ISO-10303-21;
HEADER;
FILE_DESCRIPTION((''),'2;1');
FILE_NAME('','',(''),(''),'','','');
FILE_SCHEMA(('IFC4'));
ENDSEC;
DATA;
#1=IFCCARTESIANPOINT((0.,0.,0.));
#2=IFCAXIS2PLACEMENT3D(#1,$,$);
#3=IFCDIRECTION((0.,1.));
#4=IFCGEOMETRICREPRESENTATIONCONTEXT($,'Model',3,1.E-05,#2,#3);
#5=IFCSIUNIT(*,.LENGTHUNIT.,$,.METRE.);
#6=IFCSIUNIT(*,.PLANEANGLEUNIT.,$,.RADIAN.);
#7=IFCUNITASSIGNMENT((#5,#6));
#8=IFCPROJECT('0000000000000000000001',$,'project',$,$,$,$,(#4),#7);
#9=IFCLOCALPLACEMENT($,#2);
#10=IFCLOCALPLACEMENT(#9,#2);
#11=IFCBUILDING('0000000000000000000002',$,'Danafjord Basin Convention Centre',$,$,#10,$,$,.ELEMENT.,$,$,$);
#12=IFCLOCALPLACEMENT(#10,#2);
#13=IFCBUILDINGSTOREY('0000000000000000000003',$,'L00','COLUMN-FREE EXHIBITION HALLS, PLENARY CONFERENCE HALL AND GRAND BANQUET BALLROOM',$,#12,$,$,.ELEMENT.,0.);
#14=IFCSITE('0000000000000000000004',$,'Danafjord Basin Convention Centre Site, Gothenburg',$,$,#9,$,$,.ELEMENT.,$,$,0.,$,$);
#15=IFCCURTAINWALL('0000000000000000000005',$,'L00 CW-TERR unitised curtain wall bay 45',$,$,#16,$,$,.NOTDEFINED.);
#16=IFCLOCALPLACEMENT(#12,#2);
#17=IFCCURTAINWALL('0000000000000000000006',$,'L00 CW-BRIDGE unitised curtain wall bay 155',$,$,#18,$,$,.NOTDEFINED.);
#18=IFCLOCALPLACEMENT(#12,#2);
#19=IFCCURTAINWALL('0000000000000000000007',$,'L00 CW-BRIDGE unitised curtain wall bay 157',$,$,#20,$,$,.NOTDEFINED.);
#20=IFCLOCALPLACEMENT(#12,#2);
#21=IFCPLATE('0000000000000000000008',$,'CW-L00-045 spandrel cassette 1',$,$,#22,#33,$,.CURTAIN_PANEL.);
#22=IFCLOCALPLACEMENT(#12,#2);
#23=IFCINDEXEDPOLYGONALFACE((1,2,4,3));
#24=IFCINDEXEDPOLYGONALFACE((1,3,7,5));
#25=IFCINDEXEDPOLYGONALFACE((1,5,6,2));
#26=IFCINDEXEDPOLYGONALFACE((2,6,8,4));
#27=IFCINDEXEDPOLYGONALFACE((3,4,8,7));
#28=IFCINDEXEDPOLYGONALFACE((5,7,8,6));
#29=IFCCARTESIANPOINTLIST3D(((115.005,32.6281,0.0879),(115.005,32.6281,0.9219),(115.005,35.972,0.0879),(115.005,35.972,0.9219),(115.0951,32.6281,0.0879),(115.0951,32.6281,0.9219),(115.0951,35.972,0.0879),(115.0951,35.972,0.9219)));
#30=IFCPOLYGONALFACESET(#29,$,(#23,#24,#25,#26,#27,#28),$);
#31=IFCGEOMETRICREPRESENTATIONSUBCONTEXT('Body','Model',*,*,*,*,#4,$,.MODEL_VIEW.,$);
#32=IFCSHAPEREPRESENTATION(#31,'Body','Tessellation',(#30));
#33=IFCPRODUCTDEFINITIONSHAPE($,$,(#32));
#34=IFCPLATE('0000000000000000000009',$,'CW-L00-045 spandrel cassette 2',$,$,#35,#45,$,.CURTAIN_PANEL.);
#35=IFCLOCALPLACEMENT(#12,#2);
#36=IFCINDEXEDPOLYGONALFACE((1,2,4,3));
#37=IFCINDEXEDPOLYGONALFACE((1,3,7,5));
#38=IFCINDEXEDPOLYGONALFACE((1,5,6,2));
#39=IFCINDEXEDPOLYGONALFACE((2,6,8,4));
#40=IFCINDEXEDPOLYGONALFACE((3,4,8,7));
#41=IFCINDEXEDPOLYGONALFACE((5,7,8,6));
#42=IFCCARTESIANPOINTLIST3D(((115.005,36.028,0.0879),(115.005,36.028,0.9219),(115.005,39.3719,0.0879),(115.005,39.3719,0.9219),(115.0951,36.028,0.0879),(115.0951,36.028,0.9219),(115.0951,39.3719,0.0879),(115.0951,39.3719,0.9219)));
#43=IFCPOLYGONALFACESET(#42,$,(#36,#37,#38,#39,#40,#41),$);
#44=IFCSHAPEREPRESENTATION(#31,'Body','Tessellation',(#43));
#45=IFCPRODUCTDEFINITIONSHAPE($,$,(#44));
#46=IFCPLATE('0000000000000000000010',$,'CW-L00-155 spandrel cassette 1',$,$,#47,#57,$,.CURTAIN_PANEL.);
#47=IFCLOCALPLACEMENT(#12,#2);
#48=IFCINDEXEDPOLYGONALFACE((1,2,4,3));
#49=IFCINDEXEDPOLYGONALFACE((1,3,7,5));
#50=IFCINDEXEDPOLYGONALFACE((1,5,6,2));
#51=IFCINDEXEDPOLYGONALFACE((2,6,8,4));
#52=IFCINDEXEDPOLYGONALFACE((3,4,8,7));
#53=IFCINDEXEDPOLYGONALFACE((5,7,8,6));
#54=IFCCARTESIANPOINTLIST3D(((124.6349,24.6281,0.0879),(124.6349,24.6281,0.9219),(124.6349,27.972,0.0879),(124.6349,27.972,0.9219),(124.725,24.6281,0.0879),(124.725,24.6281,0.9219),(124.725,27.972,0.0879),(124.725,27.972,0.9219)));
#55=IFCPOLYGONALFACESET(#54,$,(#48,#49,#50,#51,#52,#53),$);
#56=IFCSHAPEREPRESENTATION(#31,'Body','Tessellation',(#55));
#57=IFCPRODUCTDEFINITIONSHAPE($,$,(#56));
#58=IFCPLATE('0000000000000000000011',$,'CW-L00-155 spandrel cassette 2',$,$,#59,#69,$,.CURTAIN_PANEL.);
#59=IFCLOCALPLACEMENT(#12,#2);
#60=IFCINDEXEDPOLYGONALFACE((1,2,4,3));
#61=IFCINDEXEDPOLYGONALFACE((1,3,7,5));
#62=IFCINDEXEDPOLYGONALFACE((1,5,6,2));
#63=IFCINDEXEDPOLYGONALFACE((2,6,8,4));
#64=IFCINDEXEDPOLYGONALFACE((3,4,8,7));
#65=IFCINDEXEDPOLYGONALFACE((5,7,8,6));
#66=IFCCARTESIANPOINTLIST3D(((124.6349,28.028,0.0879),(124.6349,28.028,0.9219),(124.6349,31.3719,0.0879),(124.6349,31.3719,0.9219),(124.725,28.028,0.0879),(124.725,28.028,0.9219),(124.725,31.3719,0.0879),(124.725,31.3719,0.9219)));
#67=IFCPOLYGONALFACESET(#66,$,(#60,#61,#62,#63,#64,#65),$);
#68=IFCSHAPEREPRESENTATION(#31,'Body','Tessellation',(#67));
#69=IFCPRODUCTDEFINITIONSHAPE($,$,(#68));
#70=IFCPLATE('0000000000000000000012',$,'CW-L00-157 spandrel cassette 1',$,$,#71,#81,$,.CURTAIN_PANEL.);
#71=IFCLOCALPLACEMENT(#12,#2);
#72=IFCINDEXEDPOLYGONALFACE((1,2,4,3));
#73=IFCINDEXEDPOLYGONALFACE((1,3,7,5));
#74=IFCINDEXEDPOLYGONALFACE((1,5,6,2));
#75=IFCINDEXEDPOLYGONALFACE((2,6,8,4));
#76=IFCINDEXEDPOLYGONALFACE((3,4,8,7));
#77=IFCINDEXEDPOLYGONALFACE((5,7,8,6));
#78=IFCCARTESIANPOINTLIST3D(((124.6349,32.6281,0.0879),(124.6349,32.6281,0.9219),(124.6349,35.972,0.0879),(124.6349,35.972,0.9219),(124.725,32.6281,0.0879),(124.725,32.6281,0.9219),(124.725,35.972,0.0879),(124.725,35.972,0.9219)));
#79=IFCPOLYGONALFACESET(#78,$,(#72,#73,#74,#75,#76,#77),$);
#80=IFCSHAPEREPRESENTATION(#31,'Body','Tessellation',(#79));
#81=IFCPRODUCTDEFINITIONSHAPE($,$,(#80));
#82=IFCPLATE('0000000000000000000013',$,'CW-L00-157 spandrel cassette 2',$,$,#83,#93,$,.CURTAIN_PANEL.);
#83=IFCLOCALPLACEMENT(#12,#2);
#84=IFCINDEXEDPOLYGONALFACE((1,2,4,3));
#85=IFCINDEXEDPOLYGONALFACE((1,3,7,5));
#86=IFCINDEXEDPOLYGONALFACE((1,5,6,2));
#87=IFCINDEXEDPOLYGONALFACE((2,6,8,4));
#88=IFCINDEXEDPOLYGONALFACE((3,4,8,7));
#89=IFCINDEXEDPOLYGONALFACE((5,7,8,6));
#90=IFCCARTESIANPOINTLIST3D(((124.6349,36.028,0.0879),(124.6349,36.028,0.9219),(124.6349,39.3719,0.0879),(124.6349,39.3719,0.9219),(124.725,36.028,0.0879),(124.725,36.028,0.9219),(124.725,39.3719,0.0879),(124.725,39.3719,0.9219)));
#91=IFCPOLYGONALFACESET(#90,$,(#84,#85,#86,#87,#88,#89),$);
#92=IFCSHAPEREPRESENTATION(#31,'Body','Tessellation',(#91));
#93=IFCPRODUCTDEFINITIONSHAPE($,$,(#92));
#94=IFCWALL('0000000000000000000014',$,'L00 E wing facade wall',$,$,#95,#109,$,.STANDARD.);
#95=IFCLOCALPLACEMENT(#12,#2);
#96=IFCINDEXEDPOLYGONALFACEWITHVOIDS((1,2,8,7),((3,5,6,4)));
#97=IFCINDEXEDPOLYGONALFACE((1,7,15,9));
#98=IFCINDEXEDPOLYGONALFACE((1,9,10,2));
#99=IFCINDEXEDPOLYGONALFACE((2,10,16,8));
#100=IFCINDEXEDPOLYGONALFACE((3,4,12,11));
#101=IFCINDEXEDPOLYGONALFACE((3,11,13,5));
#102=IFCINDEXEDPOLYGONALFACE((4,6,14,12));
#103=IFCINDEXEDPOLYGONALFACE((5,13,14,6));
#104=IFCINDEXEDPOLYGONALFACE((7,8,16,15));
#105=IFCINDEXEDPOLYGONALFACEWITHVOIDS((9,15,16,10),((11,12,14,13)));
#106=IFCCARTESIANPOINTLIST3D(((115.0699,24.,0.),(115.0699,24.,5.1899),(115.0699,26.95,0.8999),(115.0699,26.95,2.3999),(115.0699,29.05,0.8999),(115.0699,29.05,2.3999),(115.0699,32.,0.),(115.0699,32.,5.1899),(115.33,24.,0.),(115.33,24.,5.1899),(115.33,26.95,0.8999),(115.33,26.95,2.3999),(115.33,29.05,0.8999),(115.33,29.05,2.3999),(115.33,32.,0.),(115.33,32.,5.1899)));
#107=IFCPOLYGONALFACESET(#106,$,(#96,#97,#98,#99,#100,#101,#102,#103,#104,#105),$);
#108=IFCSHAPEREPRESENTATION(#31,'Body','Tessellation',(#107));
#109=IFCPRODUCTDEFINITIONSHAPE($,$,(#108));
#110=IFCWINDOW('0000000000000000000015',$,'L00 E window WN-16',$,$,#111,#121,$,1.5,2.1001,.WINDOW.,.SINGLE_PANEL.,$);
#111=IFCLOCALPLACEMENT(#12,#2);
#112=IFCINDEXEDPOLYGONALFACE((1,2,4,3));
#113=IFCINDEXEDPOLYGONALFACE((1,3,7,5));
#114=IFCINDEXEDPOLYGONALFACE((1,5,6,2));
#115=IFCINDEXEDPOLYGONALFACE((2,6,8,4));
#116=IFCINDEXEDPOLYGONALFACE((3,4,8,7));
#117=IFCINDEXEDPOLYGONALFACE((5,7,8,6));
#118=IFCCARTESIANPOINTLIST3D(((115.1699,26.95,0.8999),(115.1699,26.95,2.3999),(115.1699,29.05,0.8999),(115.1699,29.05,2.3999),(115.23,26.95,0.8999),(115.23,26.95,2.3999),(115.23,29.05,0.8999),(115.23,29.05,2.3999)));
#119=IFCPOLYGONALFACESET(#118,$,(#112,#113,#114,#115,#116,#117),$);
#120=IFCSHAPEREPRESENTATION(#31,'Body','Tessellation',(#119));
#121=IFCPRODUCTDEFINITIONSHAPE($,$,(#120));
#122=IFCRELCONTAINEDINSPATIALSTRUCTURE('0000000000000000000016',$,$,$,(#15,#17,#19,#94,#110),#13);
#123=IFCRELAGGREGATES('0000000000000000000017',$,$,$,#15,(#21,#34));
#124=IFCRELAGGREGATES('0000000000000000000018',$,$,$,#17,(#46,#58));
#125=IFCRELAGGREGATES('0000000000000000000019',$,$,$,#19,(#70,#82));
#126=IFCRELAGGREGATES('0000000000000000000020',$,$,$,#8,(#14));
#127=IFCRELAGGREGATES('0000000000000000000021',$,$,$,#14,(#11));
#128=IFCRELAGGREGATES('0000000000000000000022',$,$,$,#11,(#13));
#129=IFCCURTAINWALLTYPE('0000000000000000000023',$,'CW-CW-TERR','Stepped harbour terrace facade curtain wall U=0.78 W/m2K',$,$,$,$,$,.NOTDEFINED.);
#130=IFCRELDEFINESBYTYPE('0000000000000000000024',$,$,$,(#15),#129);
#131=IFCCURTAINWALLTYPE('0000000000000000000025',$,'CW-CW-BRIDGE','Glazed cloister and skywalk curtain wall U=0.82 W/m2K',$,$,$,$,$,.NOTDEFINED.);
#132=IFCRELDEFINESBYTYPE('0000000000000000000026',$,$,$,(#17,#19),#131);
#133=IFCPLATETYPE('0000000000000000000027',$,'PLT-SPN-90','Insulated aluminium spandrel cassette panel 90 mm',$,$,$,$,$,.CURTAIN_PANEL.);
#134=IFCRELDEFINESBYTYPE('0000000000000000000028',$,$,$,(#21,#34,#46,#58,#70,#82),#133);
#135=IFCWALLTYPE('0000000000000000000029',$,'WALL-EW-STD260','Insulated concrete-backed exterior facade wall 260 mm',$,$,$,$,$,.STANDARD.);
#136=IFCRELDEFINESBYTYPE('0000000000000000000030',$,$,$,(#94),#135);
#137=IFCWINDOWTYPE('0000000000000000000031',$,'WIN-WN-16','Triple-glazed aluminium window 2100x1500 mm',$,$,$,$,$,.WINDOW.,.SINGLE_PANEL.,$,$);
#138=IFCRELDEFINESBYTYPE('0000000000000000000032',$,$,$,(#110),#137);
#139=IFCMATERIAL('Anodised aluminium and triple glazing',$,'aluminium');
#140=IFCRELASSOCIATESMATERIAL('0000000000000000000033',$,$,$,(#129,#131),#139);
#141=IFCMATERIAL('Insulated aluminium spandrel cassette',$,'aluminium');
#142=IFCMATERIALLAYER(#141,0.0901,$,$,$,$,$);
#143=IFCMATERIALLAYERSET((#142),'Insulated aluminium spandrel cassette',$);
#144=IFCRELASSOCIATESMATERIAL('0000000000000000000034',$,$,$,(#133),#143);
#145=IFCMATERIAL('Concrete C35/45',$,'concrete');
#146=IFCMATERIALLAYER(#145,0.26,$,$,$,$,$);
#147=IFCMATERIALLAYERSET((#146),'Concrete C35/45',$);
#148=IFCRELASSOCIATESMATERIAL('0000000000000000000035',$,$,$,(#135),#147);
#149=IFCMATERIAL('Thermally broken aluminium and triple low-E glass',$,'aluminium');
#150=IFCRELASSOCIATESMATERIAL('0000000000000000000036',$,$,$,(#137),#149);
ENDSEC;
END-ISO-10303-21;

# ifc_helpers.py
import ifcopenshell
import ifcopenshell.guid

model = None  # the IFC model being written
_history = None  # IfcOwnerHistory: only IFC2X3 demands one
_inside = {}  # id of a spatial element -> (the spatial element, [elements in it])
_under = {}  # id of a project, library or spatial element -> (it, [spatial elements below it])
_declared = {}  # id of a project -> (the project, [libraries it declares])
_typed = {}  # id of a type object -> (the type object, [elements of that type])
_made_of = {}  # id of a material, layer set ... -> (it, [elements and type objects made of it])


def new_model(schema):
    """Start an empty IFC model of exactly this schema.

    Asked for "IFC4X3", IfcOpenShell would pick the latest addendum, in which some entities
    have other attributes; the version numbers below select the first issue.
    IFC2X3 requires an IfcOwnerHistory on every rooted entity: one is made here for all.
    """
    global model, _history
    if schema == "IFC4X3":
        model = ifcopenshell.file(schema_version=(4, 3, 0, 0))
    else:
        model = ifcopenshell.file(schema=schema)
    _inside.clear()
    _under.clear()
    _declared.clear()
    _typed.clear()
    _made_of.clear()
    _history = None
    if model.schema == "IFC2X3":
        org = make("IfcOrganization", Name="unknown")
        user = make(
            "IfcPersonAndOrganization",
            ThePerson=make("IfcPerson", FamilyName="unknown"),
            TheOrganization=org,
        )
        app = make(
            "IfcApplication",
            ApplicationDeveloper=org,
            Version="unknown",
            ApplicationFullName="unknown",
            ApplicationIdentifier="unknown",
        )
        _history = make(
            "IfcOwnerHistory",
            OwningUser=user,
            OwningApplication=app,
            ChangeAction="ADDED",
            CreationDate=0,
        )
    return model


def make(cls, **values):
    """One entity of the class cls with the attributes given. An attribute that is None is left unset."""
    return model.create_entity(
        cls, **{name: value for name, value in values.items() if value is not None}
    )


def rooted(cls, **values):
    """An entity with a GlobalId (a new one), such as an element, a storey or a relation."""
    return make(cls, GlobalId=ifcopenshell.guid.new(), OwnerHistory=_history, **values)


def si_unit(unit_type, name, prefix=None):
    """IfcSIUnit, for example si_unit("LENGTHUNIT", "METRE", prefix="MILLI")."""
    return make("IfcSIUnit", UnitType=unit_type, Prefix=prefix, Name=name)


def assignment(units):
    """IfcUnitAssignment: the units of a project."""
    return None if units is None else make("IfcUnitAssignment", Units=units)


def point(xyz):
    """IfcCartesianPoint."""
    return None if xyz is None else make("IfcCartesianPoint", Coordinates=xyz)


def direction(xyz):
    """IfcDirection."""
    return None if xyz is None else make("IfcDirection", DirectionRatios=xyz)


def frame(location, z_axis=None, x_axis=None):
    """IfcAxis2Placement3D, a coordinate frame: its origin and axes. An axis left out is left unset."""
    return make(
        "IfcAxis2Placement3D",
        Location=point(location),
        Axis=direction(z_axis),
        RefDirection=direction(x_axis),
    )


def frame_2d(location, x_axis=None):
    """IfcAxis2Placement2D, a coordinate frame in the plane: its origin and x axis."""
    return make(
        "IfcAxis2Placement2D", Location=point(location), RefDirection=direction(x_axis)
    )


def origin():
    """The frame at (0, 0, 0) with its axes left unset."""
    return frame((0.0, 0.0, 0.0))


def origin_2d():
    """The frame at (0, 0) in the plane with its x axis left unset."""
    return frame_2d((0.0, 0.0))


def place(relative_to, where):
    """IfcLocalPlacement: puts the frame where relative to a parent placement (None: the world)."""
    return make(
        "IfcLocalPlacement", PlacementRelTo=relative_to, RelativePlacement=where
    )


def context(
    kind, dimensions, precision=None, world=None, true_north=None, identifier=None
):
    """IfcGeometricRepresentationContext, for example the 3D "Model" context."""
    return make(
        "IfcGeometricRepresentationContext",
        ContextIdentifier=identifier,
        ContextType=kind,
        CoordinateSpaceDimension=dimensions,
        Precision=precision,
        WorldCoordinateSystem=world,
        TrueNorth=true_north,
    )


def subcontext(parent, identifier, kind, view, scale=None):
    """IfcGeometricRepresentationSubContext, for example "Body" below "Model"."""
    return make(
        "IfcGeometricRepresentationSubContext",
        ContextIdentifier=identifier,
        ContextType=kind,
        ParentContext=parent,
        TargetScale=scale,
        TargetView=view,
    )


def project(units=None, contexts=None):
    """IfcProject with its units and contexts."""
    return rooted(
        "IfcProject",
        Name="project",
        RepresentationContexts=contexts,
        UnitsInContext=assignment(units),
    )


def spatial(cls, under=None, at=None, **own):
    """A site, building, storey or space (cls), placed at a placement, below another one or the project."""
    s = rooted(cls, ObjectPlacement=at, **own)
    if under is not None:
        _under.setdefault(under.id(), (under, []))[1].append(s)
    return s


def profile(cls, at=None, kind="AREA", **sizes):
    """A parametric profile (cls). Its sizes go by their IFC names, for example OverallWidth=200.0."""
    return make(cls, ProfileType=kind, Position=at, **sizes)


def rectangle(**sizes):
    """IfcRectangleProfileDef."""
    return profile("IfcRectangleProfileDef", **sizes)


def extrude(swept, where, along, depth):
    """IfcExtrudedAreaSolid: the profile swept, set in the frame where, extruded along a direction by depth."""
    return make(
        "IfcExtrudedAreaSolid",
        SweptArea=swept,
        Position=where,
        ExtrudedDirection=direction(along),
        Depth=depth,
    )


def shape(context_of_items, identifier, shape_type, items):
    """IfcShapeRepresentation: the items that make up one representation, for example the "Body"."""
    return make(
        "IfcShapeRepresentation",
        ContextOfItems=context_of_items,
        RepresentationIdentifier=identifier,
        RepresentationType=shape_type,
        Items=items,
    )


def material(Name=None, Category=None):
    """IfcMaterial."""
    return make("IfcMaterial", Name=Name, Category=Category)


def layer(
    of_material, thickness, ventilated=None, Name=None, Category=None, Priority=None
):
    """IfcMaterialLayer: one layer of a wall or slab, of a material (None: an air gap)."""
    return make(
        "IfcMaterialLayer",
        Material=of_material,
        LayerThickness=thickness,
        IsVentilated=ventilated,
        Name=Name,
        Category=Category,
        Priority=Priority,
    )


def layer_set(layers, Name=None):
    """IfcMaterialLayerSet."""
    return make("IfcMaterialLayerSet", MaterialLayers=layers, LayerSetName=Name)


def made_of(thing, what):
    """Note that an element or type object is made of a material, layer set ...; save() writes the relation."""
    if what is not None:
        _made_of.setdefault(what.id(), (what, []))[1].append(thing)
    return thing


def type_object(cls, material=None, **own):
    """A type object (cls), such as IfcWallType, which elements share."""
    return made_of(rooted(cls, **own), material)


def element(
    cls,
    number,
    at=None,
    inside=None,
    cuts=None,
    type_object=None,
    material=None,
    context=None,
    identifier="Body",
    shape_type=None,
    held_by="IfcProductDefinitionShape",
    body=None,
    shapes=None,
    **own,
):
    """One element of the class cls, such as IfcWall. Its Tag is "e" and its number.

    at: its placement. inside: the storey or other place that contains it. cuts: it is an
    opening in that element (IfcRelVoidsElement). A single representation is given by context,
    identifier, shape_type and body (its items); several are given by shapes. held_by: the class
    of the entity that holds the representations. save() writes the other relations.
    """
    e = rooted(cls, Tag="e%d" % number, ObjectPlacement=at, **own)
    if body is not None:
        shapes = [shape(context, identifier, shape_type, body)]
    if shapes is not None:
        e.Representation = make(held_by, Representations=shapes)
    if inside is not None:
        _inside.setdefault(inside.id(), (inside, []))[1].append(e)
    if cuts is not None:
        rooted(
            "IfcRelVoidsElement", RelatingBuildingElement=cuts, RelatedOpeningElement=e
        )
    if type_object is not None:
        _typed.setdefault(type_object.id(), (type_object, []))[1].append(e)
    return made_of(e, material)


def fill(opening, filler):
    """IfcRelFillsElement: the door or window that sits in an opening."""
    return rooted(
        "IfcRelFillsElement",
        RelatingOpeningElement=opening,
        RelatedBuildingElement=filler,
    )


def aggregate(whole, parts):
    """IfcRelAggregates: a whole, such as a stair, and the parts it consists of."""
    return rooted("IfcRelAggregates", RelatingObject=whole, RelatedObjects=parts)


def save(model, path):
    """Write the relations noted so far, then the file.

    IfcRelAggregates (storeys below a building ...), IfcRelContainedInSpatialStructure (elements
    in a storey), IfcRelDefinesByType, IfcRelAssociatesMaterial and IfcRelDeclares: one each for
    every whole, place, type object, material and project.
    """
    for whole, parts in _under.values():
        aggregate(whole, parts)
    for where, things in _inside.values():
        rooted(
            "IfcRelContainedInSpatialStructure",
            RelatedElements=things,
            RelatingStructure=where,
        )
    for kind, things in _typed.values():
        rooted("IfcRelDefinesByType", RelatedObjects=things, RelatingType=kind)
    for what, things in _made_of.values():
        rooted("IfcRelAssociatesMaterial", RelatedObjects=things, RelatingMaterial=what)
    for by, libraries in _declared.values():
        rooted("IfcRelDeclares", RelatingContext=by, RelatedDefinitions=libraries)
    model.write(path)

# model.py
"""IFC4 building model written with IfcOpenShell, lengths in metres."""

from ifc_helpers import new_model, si_unit, direction, frame, frame_2d, origin, origin_2d, place, context, subcontext, project, spatial, rectangle, extrude, material, layer, layer_set, type_object, element, fill, aggregate, save


model = new_model("IFC4")

# Units and contexts
model_context = context("Model", 3, precision=1e-05, world=origin(), true_north=direction((0.0, 1.0)))
body_context = subcontext(model_context, "Body", "Model", "MODEL_VIEW")
ifc_project = project(units=[si_unit("LENGTHUNIT", "METRE"), si_unit("PLANEANGLEUNIT", "RADIAN")], contexts=[model_context])

# Site, building, storey
site_placement = place(None, origin())
site = spatial("IfcSite", under=ifc_project, at=site_placement, Name="Danafjord Basin Convention Centre Site, Gothenburg", CompositionType="ELEMENT", RefElevation=0.0)
building_placement = place(site_placement, origin())
building = spatial("IfcBuilding", under=site, at=building_placement, Name="Danafjord Basin Convention Centre", CompositionType="ELEMENT")
storey_placement = place(building_placement, origin())
storey = spatial("IfcBuildingStorey", under=building, at=storey_placement, Name="L00", Description="COLUMN-FREE EXHIBITION HALLS, PLENARY CONFERENCE HALL AND GRAND BANQUET BALLROOM", CompositionType="ELEMENT", Elevation=0.0)

# Curtain walls
ifc_material_1 = material(Name="Anodised aluminium and triple glazing", Category="aluminium")
curtain_wall_type_1 = type_object("IfcCurtainWallType", Name="CW-CW-TERR", Description="Stepped harbour terrace facade curtain wall U=0.78 W/m2K", PredefinedType="NOTDEFINED", material=ifc_material_1)
curtain_wall_1_placement = place(storey_placement, origin())
curtain_wall_1 = element("IfcCurtainWall", 1, at=curtain_wall_1_placement, inside=storey, type_object=curtain_wall_type_1, Name="L00 CW-TERR unitised curtain wall bay 45", PredefinedType="NOTDEFINED")
curtain_wall_type_2 = type_object("IfcCurtainWallType", Name="CW-CW-BRIDGE", Description="Glazed cloister and skywalk curtain wall U=0.82 W/m2K", PredefinedType="NOTDEFINED", material=ifc_material_1)
curtain_wall_2_placement = place(storey_placement, origin())
curtain_wall_2 = element("IfcCurtainWall", 2, at=curtain_wall_2_placement, inside=storey, type_object=curtain_wall_type_2, Name="L00 CW-BRIDGE unitised curtain wall bay 155", PredefinedType="NOTDEFINED")
curtain_wall_3_placement = place(storey_placement, origin())
curtain_wall_3 = element("IfcCurtainWall", 3, at=curtain_wall_3_placement, inside=storey, type_object=curtain_wall_type_2, Name="L00 CW-BRIDGE unitised curtain wall bay 157", PredefinedType="NOTDEFINED")

# Plates
ifc_material_2 = material(Name="Insulated aluminium spandrel cassette", Category="aluminium")
ifc_layer_1 = layer(ifc_material_2, 0.0901)
ifc_layer_set_1 = layer_set([ifc_layer_1], Name="Insulated aluminium spandrel cassette")
plate_type_1 = type_object("IfcPlateType", Name="PLT-SPN-90", Description="Insulated aluminium spandrel cassette panel 90 mm", PredefinedType="CURTAIN_PANEL", material=ifc_layer_set_1)
plate_1_placement = place(storey_placement, frame((115.05, 34.3, 0.0879), z_axis=(0.0, 0.0, 1.0), x_axis=(0.0, 1.0, 0.0)))
plate_1 = element("IfcPlate", 4, at=plate_1_placement, type_object=plate_type_1, Name="CW-L00-045 spandrel cassette 1", PredefinedType="CURTAIN_PANEL", context=body_context, shape_type="SweptSolid", body=[
    extrude(rectangle(XDim=3.344, YDim=0.0901, at=origin_2d()), origin(), (0.0, 0.0, 1.0), 0.834),
])
plate_2_placement = place(storey_placement, frame((115.05, 37.7, 0.0879), z_axis=(0.0, 0.0, 1.0), x_axis=(0.0, 1.0, 0.0)))
plate_2 = element("IfcPlate", 5, at=plate_2_placement, type_object=plate_type_1, Name="CW-L00-045 spandrel cassette 2", PredefinedType="CURTAIN_PANEL", context=body_context, shape_type="SweptSolid", body=[
    extrude(rectangle(XDim=3.344, YDim=0.0901, at=origin_2d()), origin(), (0.0, 0.0, 1.0), 0.834),
])
aggregate(curtain_wall_1, [plate_1, plate_2])
plate_3_placement = place(storey_placement, frame((124.6799, 26.3, 0.0879), z_axis=(0.0, 0.0, 1.0), x_axis=(0.0, 1.0, 0.0)))
plate_3 = element("IfcPlate", 6, at=plate_3_placement, type_object=plate_type_1, Name="CW-L00-155 spandrel cassette 1", PredefinedType="CURTAIN_PANEL", context=body_context, shape_type="SweptSolid", body=[
    extrude(rectangle(XDim=3.344, YDim=0.0901, at=origin_2d()), origin(), (0.0, 0.0, 1.0), 0.834),
])
plate_4_placement = place(storey_placement, frame((124.6799, 29.7, 0.0879), z_axis=(0.0, 0.0, 1.0), x_axis=(0.0, 1.0, 0.0)))
plate_4 = element("IfcPlate", 7, at=plate_4_placement, type_object=plate_type_1, Name="CW-L00-155 spandrel cassette 2", PredefinedType="CURTAIN_PANEL", context=body_context, shape_type="SweptSolid", body=[
    extrude(rectangle(XDim=3.344, YDim=0.0901, at=origin_2d()), origin(), (0.0, 0.0, 1.0), 0.834),
])
aggregate(curtain_wall_2, [plate_3, plate_4])
plate_5_placement = place(storey_placement, frame((124.6799, 34.3, 0.0879), z_axis=(0.0, 0.0, 1.0), x_axis=(0.0, 1.0, 0.0)))
plate_5 = element("IfcPlate", 8, at=plate_5_placement, type_object=plate_type_1, Name="CW-L00-157 spandrel cassette 1", PredefinedType="CURTAIN_PANEL", context=body_context, shape_type="SweptSolid", body=[
    extrude(rectangle(XDim=3.344, YDim=0.0901, at=origin_2d()), origin(), (0.0, 0.0, 1.0), 0.834),
])
plate_6_placement = place(storey_placement, frame((124.6799, 37.7, 0.0879), z_axis=(0.0, 0.0, 1.0), x_axis=(0.0, 1.0, 0.0)))
plate_6 = element("IfcPlate", 9, at=plate_6_placement, type_object=plate_type_1, Name="CW-L00-157 spandrel cassette 2", PredefinedType="CURTAIN_PANEL", context=body_context, shape_type="SweptSolid", body=[
    extrude(rectangle(XDim=3.344, YDim=0.0901, at=origin_2d()), origin(), (0.0, 0.0, 1.0), 0.834),
])
aggregate(curtain_wall_3, [plate_5, plate_6])

# Wall, opening, window
ifc_material_3 = material(Name="Concrete C35/45", Category="concrete")
ifc_layer_2 = layer(ifc_material_3, 0.26)
ifc_layer_set_2 = layer_set([ifc_layer_2], Name="Concrete C35/45")
wall_type = type_object("IfcWallType", Name="WALL-EW-STD260", Description="Insulated concrete-backed exterior facade wall 260 mm", PredefinedType="STANDARD", material=ifc_layer_set_2)
wall_placement = place(storey_placement, frame((115.2, 24.0, 0.0), z_axis=(0.0, 0.0, 1.0), x_axis=(0.0, 1.0, 0.0)))
wall = element("IfcWall", 10, at=wall_placement, inside=storey, type_object=wall_type, Name="L00 E wing facade wall", PredefinedType="STANDARD", context=body_context, shape_type="SweptSolid", body=[
    extrude(rectangle(XDim=8.0, YDim=0.26, at=frame_2d((4.0, 0.0))), origin(), (0.0, 0.0, 1.0), 5.1899),
])
opening_placement = place(wall_placement, frame((2.95, 0.0, 0.8999)))
opening = element("IfcOpeningElement", 11, at=opening_placement, cuts=wall, PredefinedType="OPENING", context=body_context, shape_type="SweptSolid", body=[
    extrude(rectangle(XDim=2.1001, YDim=1.5, at=frame_2d((1.05, 0.75))), frame((0.0, 0.1399, 0.0), z_axis=(0.0, -1.0, 0.0), x_axis=(1.0, 0.0, 0.0)), (0.0, 0.0, 1.0), 0.28),
])
ifc_material_4 = material(Name="Thermally broken aluminium and triple low-E glass", Category="aluminium")
window_type = type_object("IfcWindowType", Name="WIN-WN-16", Description="Triple-glazed aluminium window 2100x1500 mm", PartitioningType="SINGLE_PANEL", PredefinedType="WINDOW", material=ifc_material_4)
window_placement = place(opening_placement, origin())
window = element("IfcWindow", 12, at=window_placement, inside=storey, type_object=window_type, Name="L00 E window WN-16", OverallHeight=1.5, OverallWidth=2.1001, PartitioningType="SINGLE_PANEL", PredefinedType="WINDOW", context=body_context, shape_type="SweptSolid", body=[
    extrude(rectangle(XDim=2.1001, YDim=1.5, at=frame_2d((1.05, 0.75))), frame((0.0, 0.03, 0.0), z_axis=(0.0, -1.0, 0.0), x_axis=(1.0, 0.0, 0.0)), (0.0, 0.0, 1.0), 0.0601),
])
fill(opening, window)

save(model, "model.ifc")
